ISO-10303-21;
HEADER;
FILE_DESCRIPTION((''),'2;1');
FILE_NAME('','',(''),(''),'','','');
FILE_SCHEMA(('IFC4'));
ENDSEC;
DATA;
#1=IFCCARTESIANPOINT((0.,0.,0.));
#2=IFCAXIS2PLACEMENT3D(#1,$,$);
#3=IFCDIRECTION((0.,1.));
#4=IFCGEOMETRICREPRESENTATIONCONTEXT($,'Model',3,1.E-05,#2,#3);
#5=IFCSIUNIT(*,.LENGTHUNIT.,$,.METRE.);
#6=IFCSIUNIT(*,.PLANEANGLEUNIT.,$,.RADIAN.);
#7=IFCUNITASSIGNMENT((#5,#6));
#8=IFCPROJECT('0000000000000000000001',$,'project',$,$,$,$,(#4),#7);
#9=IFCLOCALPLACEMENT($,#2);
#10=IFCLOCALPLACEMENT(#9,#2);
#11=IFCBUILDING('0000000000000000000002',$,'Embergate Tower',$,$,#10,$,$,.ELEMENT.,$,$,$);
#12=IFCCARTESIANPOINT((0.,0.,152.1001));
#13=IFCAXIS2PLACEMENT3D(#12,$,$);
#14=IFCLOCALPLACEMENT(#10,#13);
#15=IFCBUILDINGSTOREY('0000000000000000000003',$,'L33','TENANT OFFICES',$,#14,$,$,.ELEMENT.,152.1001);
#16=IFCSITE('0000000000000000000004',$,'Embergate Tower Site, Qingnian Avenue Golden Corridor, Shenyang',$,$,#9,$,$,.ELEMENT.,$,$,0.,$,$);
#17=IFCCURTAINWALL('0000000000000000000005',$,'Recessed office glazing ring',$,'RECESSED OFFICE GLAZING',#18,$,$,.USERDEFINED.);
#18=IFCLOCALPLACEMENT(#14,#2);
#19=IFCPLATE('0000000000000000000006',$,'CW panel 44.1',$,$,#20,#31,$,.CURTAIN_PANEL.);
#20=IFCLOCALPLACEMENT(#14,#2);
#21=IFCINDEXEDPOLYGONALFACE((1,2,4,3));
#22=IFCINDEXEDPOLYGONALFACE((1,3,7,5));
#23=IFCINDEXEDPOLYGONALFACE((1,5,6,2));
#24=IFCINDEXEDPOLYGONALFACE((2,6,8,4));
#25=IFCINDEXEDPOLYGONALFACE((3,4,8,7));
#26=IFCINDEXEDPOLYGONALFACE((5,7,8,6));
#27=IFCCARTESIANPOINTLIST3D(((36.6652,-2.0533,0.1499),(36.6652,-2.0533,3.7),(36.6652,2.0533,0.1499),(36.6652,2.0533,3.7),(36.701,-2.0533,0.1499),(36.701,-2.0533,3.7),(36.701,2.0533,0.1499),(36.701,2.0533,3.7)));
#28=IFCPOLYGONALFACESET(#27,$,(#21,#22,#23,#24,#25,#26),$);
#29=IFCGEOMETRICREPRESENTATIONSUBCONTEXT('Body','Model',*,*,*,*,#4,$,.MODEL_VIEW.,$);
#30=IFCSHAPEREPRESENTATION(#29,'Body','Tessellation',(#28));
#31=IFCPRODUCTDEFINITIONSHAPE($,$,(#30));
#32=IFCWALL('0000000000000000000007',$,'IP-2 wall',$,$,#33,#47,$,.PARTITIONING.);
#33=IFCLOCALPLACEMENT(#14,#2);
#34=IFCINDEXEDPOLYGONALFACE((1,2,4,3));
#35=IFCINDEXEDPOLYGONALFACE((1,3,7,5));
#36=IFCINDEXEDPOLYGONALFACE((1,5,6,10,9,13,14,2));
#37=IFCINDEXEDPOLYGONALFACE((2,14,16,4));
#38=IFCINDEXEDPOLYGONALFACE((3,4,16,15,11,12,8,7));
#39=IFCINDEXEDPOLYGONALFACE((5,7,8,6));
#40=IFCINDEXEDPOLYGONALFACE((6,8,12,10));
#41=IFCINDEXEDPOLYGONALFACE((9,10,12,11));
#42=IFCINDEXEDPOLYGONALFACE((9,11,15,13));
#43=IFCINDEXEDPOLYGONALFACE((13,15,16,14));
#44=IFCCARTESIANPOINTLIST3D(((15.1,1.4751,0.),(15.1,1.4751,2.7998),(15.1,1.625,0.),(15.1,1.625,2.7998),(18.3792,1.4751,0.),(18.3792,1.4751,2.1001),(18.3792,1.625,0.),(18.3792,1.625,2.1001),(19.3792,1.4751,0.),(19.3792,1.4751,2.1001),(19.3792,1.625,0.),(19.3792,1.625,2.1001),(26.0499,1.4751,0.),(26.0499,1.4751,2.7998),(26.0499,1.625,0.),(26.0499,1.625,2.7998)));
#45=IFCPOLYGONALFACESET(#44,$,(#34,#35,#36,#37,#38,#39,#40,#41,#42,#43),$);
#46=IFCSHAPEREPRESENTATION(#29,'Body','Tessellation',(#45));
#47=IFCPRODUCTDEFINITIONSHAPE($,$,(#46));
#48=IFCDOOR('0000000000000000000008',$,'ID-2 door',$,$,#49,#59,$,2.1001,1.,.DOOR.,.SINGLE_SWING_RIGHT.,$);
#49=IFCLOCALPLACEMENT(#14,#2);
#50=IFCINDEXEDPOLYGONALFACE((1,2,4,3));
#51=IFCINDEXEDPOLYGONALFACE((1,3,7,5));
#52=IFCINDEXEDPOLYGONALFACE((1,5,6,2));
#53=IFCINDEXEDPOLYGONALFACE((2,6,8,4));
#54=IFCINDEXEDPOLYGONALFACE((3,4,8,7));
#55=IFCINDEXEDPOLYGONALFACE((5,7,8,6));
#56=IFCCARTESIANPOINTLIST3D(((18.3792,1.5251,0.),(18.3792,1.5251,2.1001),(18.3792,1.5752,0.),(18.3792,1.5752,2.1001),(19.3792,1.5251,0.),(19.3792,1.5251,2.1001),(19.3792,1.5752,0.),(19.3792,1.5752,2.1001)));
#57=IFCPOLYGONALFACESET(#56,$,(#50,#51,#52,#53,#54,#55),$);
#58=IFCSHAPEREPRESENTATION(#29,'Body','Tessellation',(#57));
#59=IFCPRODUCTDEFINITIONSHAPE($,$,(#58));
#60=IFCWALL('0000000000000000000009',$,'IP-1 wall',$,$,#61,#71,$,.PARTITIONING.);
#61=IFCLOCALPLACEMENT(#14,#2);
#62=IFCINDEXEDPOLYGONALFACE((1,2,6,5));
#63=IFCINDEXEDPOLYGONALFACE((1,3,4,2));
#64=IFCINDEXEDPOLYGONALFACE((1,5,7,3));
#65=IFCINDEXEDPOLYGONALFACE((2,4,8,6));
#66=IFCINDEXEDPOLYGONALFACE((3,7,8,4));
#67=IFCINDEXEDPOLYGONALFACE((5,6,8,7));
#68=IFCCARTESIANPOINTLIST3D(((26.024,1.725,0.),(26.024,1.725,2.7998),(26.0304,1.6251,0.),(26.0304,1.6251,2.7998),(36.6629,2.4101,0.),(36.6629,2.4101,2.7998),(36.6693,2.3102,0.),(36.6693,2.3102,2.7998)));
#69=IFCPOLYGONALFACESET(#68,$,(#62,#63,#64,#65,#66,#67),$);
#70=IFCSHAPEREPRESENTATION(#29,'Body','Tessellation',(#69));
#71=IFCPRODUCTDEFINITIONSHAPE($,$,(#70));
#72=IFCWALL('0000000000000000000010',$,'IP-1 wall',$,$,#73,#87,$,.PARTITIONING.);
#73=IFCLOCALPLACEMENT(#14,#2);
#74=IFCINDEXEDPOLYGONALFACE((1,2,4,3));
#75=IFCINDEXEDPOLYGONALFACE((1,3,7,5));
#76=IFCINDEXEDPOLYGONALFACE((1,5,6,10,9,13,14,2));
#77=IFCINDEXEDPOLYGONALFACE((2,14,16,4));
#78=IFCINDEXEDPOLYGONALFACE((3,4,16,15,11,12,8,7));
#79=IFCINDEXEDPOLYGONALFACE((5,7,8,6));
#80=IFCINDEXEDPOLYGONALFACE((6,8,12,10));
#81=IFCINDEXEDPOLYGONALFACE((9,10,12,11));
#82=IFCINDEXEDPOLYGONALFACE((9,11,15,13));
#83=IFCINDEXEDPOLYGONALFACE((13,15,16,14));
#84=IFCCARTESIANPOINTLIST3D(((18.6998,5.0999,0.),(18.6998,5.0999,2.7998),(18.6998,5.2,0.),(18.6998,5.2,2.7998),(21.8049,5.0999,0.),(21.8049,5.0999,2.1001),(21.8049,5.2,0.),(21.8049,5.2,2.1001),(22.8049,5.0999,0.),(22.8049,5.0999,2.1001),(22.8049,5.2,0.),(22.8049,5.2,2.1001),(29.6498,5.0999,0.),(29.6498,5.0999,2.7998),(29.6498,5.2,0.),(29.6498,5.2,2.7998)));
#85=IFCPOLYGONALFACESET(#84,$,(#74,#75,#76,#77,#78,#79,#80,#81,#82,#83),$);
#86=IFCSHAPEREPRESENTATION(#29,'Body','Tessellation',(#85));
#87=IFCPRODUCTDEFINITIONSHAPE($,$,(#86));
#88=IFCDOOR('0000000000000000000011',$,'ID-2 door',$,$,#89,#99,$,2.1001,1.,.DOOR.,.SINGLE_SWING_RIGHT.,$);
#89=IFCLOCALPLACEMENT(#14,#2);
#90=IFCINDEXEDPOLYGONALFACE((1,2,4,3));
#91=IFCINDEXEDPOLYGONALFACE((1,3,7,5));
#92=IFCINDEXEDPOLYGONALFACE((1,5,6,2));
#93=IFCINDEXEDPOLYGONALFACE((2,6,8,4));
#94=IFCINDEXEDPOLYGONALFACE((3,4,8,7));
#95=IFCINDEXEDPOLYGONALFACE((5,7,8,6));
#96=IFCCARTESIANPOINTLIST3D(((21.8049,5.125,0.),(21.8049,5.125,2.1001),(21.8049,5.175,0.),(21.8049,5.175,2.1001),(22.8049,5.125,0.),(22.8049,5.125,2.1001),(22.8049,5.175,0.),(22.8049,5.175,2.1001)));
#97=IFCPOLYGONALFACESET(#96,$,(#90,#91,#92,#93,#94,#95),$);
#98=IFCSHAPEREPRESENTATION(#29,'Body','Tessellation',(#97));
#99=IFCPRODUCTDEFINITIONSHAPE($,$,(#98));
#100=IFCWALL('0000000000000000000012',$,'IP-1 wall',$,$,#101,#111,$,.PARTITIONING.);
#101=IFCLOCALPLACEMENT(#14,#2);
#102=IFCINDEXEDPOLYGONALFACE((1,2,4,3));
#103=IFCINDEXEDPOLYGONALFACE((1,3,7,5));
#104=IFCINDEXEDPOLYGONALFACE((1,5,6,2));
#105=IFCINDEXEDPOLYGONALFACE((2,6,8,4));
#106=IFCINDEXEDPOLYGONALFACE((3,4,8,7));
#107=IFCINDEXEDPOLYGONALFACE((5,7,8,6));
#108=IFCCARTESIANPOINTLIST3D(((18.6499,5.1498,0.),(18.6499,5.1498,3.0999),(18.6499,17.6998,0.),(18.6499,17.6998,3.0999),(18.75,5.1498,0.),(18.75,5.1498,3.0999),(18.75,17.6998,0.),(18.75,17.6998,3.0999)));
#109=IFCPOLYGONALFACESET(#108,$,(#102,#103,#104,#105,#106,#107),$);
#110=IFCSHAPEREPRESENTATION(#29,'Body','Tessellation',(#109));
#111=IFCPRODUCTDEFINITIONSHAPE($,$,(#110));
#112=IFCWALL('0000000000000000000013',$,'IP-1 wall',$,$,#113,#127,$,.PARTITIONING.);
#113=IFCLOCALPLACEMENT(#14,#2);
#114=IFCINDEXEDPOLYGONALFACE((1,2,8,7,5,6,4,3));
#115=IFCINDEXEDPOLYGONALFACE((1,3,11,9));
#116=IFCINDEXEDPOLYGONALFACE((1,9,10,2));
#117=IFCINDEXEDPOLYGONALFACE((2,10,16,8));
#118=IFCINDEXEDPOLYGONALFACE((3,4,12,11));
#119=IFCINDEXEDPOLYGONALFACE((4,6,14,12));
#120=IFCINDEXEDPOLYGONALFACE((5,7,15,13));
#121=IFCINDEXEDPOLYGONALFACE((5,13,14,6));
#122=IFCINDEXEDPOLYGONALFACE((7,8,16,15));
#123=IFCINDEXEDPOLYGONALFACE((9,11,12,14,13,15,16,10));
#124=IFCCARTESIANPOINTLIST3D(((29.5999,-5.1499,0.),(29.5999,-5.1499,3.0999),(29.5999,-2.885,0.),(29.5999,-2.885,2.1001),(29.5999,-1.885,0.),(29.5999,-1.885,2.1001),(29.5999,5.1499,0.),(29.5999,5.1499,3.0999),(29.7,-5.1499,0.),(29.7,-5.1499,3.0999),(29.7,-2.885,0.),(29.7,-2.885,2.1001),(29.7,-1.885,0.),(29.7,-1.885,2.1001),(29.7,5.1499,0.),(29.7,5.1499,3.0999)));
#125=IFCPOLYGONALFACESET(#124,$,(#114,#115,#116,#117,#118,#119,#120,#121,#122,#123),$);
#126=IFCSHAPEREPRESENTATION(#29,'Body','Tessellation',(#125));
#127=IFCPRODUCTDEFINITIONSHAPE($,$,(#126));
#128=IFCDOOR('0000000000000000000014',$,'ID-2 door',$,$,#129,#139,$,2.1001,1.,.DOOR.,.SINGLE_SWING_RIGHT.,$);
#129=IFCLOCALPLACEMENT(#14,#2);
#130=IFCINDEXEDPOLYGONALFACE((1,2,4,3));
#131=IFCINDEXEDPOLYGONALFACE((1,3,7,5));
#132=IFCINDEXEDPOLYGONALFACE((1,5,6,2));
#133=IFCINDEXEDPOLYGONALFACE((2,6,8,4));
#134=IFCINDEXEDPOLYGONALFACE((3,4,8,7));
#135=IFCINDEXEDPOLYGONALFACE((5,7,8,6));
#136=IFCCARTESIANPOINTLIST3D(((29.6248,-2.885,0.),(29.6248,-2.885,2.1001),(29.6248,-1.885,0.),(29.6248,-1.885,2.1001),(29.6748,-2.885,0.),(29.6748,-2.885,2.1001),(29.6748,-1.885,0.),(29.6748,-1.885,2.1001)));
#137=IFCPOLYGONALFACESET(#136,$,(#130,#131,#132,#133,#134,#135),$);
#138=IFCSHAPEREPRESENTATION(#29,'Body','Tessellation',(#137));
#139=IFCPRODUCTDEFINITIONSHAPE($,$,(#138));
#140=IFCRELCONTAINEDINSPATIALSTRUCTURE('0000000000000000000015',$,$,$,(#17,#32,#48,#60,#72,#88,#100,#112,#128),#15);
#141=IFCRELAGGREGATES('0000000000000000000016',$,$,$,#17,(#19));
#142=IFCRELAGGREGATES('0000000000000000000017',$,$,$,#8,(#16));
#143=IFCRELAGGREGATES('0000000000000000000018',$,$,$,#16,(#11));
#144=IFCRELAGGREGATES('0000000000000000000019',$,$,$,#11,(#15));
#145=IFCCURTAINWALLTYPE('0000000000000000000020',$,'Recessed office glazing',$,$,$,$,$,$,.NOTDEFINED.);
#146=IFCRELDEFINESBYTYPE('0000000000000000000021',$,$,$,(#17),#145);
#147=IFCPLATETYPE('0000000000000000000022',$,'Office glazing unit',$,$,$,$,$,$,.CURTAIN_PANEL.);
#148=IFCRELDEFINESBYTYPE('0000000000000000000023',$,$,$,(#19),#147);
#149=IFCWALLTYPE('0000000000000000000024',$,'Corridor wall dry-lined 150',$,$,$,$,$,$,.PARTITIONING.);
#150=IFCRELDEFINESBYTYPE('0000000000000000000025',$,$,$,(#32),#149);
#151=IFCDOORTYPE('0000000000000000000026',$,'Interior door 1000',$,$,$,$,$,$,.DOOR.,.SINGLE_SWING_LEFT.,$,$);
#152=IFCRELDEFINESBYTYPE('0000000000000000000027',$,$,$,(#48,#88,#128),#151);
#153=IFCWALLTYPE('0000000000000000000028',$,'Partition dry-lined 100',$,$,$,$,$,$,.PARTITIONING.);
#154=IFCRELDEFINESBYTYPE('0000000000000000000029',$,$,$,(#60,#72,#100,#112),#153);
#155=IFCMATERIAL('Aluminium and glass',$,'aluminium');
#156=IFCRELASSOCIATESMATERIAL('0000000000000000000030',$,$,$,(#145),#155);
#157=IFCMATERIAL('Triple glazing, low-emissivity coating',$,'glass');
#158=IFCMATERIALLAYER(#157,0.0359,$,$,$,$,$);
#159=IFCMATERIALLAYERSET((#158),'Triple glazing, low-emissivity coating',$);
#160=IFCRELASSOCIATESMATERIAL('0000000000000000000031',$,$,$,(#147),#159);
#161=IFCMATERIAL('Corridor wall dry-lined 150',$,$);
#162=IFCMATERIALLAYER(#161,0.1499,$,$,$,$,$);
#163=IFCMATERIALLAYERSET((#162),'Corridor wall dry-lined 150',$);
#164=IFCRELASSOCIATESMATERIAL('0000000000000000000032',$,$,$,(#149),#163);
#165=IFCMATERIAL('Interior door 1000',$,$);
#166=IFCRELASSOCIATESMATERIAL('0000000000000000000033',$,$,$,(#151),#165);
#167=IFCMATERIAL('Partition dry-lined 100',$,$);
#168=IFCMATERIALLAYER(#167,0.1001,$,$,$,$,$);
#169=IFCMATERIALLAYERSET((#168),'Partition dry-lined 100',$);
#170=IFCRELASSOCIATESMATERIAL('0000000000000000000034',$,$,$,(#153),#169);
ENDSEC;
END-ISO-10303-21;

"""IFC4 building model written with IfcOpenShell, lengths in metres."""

from ifc_helpers import new_model, si_unit, direction, frame, frame_2d, origin, origin_2d, place, context, subcontext, project, spatial, rectangle, extrude, source, transform, mapped, material, layer, layer_set, type_object, element, fill, aggregate, save


model = new_model("IFC4")

# Units and contexts
model_context = context("Model", 3, precision=1e-05, world=origin(), true_north=direction((0.0, 1.0)))
body_context = subcontext(model_context, "Body", "Model", "MODEL_VIEW")
ifc_project = project(units=[si_unit("LENGTHUNIT", "METRE"), si_unit("PLANEANGLEUNIT", "RADIAN")], contexts=[model_context])

# Site, building, storey
site_placement = place(None, origin())
site = spatial("IfcSite", under=ifc_project, at=site_placement, Name="Embergate Tower Site, Qingnian Avenue Golden Corridor, Shenyang", CompositionType="ELEMENT", RefElevation=0.0)
building_placement = place(site_placement, origin())
building = spatial("IfcBuilding", under=site, at=building_placement, Name="Embergate Tower", CompositionType="ELEMENT")
storey_placement = place(building_placement, frame((0.0, 0.0, 152.1001)))
storey = spatial("IfcBuildingStorey", under=building, at=storey_placement, Name="L33", Description="TENANT OFFICES", CompositionType="ELEMENT", Elevation=152.1001)

# Curtain wall, plate
ifc_material_1 = material(Name="Aluminium and glass", Category="aluminium")
curtain_wall_type = type_object("IfcCurtainWallType", Name="Recessed office glazing", PredefinedType="NOTDEFINED", material=ifc_material_1)
curtain_wall_placement = place(storey_placement, origin())
curtain_wall = element("IfcCurtainWall", 1, at=curtain_wall_placement, inside=storey, type_object=curtain_wall_type, Name="Recessed office glazing ring", ObjectType="RECESSED OFFICE GLAZING", PredefinedType="USERDEFINED")
ifc_material_2 = material(Name="Triple glazing, low-emissivity coating", Category="glass")
ifc_layer_1 = layer(ifc_material_2, 0.0359)
ifc_layer_set_1 = layer_set([ifc_layer_1], Name="Triple glazing, low-emissivity coating")
plate_type = type_object("IfcPlateType", Name="Office glazing unit", PredefinedType="CURTAIN_PANEL", material=ifc_layer_set_1)
shared_shape_1 = source(origin(), body_context, "Body", "SweptSolid", [
    extrude(rectangle(XDim=4.1067, YDim=0.0359, at=origin_2d()), origin(), (0.0, 0.0, 1.0), 3.55),
])
plate_1_placement = place(storey_placement, frame((36.6831, 0.0, 0.1499), z_axis=(0.0, 0.0, 1.0), x_axis=(0.0, 1.0, 0.0)))
plate_1 = element("IfcPlate", 2, at=plate_1_placement, type_object=plate_type, Name="CW panel 44.1", PredefinedType="CURTAIN_PANEL", context=body_context, shape_type="MappedRepresentation", body=[
    mapped(shared_shape_1, transform((0.0, 0.0, 0.0))),
])
aggregate(curtain_wall, [plate_1])

# Wall, opening, door
ifc_material_3 = material(Name="Corridor wall dry-lined 150")
ifc_layer_2 = layer(ifc_material_3, 0.1499)
ifc_layer_set_2 = layer_set([ifc_layer_2], Name="Corridor wall dry-lined 150")
wall_type_1 = type_object("IfcWallType", Name="Corridor wall dry-lined 150", PredefinedType="PARTITIONING", material=ifc_layer_set_2)
shared_shape_2 = source(origin(), body_context, "Body", "SweptSolid", [
    extrude(rectangle(XDim=10.95, YDim=0.1499, at=frame_2d((5.4751, 0.0))), origin(), (0.0, 0.0, 1.0), 2.7998),
])
wall_1_placement = place(storey_placement, frame((26.05, 1.55, 0.0), z_axis=(0.0, 0.0, 1.0), x_axis=(-1.0, 0.0, 0.0)))
wall_1 = element("IfcWall", 3, at=wall_1_placement, inside=storey, type_object=wall_type_1, Name="IP-2 wall", PredefinedType="PARTITIONING", context=body_context, shape_type="MappedRepresentation", body=[
    mapped(shared_shape_2, transform((0.0, 0.0, 0.0))),
])
shared_shape_3 = source(origin(), body_context, "Body", "SweptSolid", [
    extrude(rectangle(XDim=1.0, YDim=2.1001, at=frame_2d((0.5, 1.05))), frame((0.0, 0.085, 0.0), z_axis=(0.0, -1.0, 0.0), x_axis=(1.0, 0.0, 0.0)), (0.0, 0.0, 1.0), 0.1699),
])
opening_1_placement = place(wall_1_placement, frame((6.6709, 0.0, 0.0)))
opening_1 = element("IfcOpeningElement", 4, at=opening_1_placement, cuts=wall_1, PredefinedType="OPENING", context=body_context, shape_type="MappedRepresentation", body=[
    mapped(shared_shape_3, transform((0.0, 0.0, 0.0))),
])
ifc_material_4 = material(Name="Interior door 1000")
door_type = type_object("IfcDoorType", Name="Interior door 1000", OperationType="SINGLE_SWING_LEFT", PredefinedType="DOOR", material=ifc_material_4)
shared_shape_4 = source(origin(), body_context, "Body", "SweptSolid", [
    extrude(rectangle(XDim=1.0, YDim=2.1001, at=frame_2d((0.5, 1.05))), frame((0.0, 0.0249, 0.0), z_axis=(0.0, -1.0, 0.0), x_axis=(1.0, 0.0, 0.0)), (0.0, 0.0, 1.0), 0.05),
])
door_1_placement = place(opening_1_placement, origin())
door_1 = element("IfcDoor", 5, at=door_1_placement, inside=storey, type_object=door_type, Name="ID-2 door", OperationType="SINGLE_SWING_RIGHT", OverallHeight=2.1001, OverallWidth=1.0, PredefinedType="DOOR", context=body_context, shape_type="MappedRepresentation", body=[
    mapped(shared_shape_4, transform((0.0, 0.0, 0.0))),
])
fill(opening_1, door_1)

# Wall
ifc_material_5 = material(Name="Partition dry-lined 100")
ifc_layer_3 = layer(ifc_material_5, 0.1001)
ifc_layer_set_3 = layer_set([ifc_layer_3], Name="Partition dry-lined 100")
wall_type_2 = type_object("IfcWallType", Name="Partition dry-lined 100", PredefinedType="PARTITIONING", material=ifc_layer_set_3)
shared_shape_5 = source(origin(), body_context, "Body", "SweptSolid", [
    extrude(rectangle(XDim=10.6609, YDim=0.1001, at=frame_2d((5.3306, 0.0))), origin(), (0.0, 0.0, 1.0), 2.7998),
])
wall_2_placement = place(storey_placement, frame((26.0271, 1.675, 0.0), z_axis=(0.0, 0.0, 1.0), x_axis=(0.997933, 0.064259, 0.0)))
element("IfcWall", 6, at=wall_2_placement, inside=storey, type_object=wall_type_2, Name="IP-1 wall", PredefinedType="PARTITIONING", context=body_context, shape_type="MappedRepresentation", body=[
    mapped(shared_shape_5, transform((0.0, 0.0, 0.0))),
])

# Wall, opening, door
shared_shape_6 = source(origin(), body_context, "Body", "SweptSolid", [
    extrude(rectangle(XDim=10.95, YDim=0.1001, at=frame_2d((5.4751, 0.0))), origin(), (0.0, 0.0, 1.0), 2.7998),
])
wall_3_placement = place(storey_placement, frame((29.6499, 5.1499, 0.0), z_axis=(0.0, 0.0, 1.0), x_axis=(-1.0, 0.0, 0.0)))
wall_3 = element("IfcWall", 7, at=wall_3_placement, inside=storey, type_object=wall_type_2, Name="IP-1 wall", PredefinedType="PARTITIONING", context=body_context, shape_type="MappedRepresentation", body=[
    mapped(shared_shape_6, transform((0.0, 0.0, 0.0))),
])
shared_shape_7 = source(origin(), body_context, "Body", "SweptSolid", [
    extrude(rectangle(XDim=1.0, YDim=2.1001, at=frame_2d((0.5, 1.05))), frame((0.0, 0.0601, 0.0), z_axis=(0.0, -1.0, 0.0), x_axis=(1.0, 0.0, 0.0)), (0.0, 0.0, 1.0), 0.1201),
])
opening_2_placement = place(wall_3_placement, frame((6.845, 0.0, 0.0)))
opening_2 = element("IfcOpeningElement", 8, at=opening_2_placement, cuts=wall_3, PredefinedType="OPENING", context=body_context, shape_type="MappedRepresentation", body=[
    mapped(shared_shape_7, transform((0.0, 0.0, 0.0))),
])
door_2_placement = place(opening_2_placement, origin())
door_2 = element("IfcDoor", 9, at=door_2_placement, inside=storey, type_object=door_type, Name="ID-2 door", OperationType="SINGLE_SWING_RIGHT", OverallHeight=2.1001, OverallWidth=1.0, PredefinedType="DOOR", context=body_context, shape_type="MappedRepresentation", body=[
    mapped(shared_shape_4, transform((0.0, 0.0, 0.0))),
])
fill(opening_2, door_2)

# Wall
shared_shape_8 = source(origin(), body_context, "Body", "SweptSolid", [
    extrude(rectangle(XDim=12.55, YDim=0.1001, at=frame_2d((6.2749, 0.0))), origin(), (0.0, 0.0, 1.0), 3.0999),
])
wall_4_placement = place(storey_placement, frame((18.7, 5.1499, 0.0), z_axis=(0.0, 0.0, 1.0), x_axis=(0.0, 1.0, 0.0)))
element("IfcWall", 10, at=wall_4_placement, inside=storey, type_object=wall_type_2, Name="IP-1 wall", PredefinedType="PARTITIONING", context=body_context, shape_type="MappedRepresentation", body=[
    mapped(shared_shape_8, transform((0.0, 0.0, 0.0))),
])

# Wall, opening, door
shared_shape_9 = source(origin(), body_context, "Body", "SweptSolid", [
    extrude(rectangle(XDim=10.2998, YDim=0.1001, at=frame_2d((5.1499, 0.0))), origin(), (0.0, 0.0, 1.0), 3.0999),
])
wall_5_placement = place(storey_placement, frame((29.6499, 5.1499, 0.0), z_axis=(0.0, 0.0, 1.0), x_axis=(0.0, -1.0, 0.0)))
wall_5 = element("IfcWall", 11, at=wall_5_placement, inside=storey, type_object=wall_type_2, Name="IP-1 wall", PredefinedType="PARTITIONING", context=body_context, shape_type="MappedRepresentation", body=[
    mapped(shared_shape_9, transform((0.0, 0.0, 0.0))),
])
opening_3_placement = place(wall_5_placement, frame((7.0349, 0.0, 0.0)))
opening_3 = element("IfcOpeningElement", 12, at=opening_3_placement, cuts=wall_5, PredefinedType="OPENING", context=body_context, shape_type="MappedRepresentation", body=[
    mapped(shared_shape_7, transform((0.0, 0.0, 0.0))),
])
door_3_placement = place(opening_3_placement, origin())
door_3 = element("IfcDoor", 13, at=door_3_placement, inside=storey, type_object=door_type, Name="ID-2 door", OperationType="SINGLE_SWING_RIGHT", OverallHeight=2.1001, OverallWidth=1.0, PredefinedType="DOOR", context=body_context, shape_type="MappedRepresentation", body=[
    mapped(shared_shape_4, transform((0.0, 0.0, 0.0))),
])
fill(opening_3, door_3)

save(model, "model.ifc")
